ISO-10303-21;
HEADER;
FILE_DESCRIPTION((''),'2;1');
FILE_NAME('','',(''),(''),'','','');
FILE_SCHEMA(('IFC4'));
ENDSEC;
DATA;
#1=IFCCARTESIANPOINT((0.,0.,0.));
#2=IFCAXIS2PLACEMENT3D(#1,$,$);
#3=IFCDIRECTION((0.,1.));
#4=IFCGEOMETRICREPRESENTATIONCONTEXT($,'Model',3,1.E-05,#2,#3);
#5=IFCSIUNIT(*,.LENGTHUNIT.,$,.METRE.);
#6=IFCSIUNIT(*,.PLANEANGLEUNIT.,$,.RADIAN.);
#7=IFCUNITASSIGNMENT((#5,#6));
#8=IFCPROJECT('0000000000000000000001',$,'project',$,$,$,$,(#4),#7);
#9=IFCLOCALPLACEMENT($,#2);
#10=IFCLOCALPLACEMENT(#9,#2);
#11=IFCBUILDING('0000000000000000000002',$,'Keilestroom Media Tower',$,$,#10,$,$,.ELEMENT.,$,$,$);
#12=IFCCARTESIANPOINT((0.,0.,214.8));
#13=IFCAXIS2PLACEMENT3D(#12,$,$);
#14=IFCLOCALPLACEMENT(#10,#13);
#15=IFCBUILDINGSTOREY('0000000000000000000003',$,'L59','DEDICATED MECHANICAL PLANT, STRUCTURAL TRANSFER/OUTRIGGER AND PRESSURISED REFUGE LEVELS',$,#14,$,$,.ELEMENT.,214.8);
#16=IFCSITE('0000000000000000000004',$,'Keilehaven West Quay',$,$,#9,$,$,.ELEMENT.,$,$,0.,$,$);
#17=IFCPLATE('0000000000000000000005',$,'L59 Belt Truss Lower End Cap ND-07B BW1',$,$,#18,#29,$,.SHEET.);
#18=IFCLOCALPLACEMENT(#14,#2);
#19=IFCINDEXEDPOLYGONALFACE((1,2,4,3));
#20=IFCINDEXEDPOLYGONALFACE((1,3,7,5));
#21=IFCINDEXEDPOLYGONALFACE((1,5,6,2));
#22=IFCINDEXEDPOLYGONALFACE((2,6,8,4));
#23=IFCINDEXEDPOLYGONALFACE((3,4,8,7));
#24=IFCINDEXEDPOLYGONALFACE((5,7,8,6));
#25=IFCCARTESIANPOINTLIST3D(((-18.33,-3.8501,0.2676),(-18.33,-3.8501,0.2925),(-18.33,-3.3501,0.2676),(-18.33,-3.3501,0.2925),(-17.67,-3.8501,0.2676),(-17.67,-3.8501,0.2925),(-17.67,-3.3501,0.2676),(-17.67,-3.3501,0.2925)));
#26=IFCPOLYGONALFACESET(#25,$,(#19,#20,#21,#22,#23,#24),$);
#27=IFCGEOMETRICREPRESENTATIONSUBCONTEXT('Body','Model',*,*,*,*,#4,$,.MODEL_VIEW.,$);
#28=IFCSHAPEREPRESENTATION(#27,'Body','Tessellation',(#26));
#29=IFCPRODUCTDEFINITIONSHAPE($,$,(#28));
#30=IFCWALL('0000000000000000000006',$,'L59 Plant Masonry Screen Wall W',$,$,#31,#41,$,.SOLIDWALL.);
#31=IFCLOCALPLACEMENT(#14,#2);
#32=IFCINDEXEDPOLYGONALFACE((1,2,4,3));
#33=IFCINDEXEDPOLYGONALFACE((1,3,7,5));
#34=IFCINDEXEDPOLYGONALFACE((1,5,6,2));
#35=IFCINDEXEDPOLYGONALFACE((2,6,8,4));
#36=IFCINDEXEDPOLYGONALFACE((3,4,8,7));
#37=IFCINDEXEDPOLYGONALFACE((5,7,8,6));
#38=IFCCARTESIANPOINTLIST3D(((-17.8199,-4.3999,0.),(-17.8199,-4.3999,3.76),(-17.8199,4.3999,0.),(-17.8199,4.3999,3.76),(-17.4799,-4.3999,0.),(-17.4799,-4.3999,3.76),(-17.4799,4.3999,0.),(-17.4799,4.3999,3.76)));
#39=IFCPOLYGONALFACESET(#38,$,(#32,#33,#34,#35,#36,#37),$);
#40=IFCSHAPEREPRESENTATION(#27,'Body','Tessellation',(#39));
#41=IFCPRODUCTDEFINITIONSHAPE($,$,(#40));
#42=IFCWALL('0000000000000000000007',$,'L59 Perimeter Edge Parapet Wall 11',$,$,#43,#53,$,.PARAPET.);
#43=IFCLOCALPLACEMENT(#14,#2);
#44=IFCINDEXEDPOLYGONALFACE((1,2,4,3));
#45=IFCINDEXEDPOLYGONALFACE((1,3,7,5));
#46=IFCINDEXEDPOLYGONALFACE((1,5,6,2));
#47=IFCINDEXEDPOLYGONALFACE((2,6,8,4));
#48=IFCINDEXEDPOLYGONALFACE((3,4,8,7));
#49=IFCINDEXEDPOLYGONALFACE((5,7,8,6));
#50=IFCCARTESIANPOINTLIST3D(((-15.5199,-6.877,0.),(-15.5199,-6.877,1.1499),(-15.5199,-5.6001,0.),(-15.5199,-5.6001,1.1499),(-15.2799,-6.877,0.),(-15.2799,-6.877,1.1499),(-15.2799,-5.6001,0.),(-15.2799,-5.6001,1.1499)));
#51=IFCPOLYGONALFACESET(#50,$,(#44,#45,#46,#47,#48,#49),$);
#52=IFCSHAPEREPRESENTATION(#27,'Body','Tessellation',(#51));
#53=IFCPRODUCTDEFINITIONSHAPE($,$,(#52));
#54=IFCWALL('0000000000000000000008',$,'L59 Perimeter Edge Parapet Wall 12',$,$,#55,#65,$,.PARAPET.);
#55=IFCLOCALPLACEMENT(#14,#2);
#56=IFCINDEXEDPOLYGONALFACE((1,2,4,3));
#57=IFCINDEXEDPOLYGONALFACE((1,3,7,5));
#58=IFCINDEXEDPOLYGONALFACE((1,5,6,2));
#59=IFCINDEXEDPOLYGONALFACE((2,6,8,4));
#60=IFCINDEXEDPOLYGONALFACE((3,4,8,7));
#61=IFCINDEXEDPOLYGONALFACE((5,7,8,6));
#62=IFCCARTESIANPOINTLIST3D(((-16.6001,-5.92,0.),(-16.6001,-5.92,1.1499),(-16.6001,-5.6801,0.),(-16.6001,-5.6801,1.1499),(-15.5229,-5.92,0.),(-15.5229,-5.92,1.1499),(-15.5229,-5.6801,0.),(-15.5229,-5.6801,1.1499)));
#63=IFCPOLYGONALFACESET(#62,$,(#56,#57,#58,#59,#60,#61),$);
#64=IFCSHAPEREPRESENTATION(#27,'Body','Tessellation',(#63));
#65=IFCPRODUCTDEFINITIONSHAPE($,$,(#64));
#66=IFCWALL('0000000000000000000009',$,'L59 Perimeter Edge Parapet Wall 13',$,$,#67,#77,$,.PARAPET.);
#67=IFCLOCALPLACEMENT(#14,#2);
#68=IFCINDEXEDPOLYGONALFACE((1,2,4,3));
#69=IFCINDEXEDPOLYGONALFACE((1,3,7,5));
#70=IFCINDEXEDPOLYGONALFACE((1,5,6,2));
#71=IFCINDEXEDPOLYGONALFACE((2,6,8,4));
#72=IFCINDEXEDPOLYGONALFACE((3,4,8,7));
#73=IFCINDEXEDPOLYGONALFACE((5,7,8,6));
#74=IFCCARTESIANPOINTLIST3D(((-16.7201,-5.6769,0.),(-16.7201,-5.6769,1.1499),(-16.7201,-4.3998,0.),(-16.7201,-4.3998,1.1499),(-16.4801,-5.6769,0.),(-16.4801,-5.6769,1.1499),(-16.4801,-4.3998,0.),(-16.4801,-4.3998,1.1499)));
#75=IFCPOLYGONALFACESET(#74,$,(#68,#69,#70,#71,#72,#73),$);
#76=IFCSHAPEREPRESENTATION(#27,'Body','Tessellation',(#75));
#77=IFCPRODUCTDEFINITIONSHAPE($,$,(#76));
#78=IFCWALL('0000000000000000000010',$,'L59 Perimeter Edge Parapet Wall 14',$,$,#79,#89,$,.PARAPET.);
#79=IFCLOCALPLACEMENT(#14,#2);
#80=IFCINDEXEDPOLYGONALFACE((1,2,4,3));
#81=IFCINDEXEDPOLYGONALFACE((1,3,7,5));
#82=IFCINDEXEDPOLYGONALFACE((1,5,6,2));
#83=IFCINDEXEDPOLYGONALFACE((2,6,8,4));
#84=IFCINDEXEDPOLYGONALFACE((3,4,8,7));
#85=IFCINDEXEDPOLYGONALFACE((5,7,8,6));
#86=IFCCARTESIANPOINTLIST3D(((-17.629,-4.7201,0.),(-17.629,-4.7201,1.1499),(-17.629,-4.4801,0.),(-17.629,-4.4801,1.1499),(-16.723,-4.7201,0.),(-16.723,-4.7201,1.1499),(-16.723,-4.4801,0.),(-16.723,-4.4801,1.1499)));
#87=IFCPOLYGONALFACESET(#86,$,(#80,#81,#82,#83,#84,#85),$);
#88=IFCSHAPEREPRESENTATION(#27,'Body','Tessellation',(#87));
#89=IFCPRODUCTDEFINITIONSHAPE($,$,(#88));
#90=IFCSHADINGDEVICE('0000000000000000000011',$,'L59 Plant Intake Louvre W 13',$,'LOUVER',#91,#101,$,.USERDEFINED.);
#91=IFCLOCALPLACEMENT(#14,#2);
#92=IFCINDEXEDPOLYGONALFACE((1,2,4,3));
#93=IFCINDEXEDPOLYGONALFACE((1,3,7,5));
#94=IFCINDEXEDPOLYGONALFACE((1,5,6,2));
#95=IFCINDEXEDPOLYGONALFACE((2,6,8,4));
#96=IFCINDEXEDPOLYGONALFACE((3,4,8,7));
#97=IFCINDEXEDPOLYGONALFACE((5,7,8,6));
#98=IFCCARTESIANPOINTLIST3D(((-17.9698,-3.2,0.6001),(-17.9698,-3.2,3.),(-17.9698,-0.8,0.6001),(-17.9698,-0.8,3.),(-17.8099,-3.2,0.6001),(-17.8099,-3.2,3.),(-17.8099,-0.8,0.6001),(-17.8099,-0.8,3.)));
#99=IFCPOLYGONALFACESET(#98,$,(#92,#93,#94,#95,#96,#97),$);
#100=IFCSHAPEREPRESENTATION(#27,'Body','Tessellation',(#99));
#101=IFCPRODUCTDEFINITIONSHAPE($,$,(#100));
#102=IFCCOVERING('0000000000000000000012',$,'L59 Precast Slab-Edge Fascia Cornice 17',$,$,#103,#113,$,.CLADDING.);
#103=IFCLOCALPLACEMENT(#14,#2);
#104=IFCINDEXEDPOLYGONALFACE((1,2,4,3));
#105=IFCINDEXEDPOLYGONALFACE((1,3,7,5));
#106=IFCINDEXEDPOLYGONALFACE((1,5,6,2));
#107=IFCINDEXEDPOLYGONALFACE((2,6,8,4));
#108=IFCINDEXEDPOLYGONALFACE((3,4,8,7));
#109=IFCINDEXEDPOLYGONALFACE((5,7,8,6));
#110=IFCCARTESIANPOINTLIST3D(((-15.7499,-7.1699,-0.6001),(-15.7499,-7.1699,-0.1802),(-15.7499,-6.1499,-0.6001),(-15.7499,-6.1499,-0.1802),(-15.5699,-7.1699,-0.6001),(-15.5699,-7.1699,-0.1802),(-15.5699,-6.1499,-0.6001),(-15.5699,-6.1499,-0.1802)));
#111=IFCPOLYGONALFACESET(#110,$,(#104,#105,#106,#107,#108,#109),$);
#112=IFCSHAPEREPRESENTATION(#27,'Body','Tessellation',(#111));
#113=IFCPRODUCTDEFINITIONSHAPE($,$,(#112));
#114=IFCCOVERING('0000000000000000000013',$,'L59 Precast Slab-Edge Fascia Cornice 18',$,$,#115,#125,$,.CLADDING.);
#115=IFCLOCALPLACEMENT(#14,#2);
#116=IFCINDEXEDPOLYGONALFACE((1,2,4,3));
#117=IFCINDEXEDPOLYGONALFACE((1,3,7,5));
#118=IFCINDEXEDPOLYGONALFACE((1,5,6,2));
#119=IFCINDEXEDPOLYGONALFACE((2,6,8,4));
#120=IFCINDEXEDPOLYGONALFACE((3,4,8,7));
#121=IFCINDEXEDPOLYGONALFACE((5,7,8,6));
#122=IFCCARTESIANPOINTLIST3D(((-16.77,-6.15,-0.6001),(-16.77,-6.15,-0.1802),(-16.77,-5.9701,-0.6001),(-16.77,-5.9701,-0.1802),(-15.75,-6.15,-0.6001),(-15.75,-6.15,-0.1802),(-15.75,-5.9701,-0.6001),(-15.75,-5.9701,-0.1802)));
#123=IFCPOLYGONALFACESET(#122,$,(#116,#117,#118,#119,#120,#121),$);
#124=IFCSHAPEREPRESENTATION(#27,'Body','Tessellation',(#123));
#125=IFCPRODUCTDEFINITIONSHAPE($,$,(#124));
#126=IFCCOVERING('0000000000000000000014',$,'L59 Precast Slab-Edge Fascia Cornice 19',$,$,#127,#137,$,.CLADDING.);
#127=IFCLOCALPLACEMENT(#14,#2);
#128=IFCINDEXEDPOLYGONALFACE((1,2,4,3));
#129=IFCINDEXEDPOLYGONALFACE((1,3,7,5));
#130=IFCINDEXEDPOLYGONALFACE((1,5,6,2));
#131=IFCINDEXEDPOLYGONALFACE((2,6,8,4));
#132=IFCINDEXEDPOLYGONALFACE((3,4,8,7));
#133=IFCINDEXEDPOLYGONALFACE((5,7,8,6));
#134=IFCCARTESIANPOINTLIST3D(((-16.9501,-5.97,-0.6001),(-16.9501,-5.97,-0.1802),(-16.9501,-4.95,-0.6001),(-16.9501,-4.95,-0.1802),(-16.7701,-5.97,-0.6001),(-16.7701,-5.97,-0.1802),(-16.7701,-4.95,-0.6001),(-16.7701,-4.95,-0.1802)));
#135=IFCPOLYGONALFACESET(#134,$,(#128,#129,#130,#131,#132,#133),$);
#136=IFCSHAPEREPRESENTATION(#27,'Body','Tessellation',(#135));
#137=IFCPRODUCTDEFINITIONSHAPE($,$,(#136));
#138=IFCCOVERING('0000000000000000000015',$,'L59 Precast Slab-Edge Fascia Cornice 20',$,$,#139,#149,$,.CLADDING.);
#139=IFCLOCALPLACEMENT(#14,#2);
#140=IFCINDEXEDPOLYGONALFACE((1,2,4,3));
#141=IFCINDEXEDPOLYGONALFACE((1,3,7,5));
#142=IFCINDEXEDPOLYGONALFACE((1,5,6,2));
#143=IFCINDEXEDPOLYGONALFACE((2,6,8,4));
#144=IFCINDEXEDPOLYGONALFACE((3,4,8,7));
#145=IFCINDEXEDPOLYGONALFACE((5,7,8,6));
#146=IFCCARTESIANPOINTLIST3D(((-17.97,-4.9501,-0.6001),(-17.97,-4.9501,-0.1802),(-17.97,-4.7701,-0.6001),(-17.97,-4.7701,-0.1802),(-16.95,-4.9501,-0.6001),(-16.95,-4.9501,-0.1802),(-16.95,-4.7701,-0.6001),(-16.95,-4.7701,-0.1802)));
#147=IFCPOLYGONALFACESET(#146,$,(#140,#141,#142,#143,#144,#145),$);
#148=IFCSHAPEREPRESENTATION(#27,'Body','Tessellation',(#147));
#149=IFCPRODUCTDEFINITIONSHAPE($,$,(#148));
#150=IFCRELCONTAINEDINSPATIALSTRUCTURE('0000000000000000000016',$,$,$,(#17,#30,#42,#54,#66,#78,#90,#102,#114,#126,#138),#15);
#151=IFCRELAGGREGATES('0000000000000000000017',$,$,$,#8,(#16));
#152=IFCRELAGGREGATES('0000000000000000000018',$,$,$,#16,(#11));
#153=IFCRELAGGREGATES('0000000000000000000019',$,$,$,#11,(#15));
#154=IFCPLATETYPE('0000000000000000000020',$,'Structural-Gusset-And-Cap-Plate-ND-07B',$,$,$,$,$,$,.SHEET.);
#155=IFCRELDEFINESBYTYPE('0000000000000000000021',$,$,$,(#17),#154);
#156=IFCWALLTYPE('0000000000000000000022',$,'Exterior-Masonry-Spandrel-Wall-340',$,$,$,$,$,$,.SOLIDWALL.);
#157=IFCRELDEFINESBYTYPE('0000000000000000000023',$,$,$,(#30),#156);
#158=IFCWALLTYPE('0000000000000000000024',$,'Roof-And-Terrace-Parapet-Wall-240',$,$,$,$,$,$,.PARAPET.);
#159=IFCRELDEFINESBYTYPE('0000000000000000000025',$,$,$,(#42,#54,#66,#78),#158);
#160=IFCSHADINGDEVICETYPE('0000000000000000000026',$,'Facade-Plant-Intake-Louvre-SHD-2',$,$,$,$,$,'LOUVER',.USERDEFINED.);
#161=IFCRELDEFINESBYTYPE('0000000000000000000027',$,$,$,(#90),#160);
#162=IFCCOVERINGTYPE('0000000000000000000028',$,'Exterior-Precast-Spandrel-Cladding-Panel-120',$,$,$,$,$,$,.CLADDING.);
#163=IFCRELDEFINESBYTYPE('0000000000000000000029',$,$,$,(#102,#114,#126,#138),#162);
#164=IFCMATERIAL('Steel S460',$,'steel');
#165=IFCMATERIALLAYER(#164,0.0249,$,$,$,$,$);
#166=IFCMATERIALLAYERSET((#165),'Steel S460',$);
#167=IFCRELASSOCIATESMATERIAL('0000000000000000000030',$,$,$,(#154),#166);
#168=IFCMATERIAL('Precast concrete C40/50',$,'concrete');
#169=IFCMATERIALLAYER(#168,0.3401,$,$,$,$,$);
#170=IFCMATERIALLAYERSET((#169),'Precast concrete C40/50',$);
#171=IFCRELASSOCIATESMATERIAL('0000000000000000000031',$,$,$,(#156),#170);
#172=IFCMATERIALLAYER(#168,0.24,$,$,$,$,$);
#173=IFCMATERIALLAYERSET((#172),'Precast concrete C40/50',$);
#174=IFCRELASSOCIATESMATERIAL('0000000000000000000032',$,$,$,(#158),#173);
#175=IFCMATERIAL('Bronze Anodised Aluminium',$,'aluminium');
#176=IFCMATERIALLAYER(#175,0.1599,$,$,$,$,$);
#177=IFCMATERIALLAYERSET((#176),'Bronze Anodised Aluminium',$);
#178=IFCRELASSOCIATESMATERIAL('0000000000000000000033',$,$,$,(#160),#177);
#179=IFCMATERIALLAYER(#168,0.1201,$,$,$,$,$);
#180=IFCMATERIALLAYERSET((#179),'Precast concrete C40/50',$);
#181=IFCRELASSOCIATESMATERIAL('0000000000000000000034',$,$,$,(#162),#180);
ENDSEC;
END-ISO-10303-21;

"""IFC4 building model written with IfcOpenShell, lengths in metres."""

from ifc_helpers import new_model, si_unit, direction, frame, frame_2d, origin, origin_2d, place, context, subcontext, project, spatial, rectangle, extrude, source, transform, mapped, material, layer, layer_set, type_object, element, save


model = new_model("IFC4")

# Units and contexts
model_context = context("Model", 3, precision=1e-05, world=origin(), true_north=direction((0.0, 1.0)))
body_context = subcontext(model_context, "Body", "Model", "MODEL_VIEW")
ifc_project = project(units=[si_unit("LENGTHUNIT", "METRE"), si_unit("PLANEANGLEUNIT", "RADIAN")], contexts=[model_context])

# Site, building, storey
site_placement = place(None, origin())
site = spatial("IfcSite", under=ifc_project, at=site_placement, Name="Keilehaven West Quay", CompositionType="ELEMENT", RefElevation=0.0)
building_placement = place(site_placement, origin())
building = spatial("IfcBuilding", under=site, at=building_placement, Name="Keilestroom Media Tower", CompositionType="ELEMENT")
storey_placement = place(building_placement, frame((0.0, 0.0, 214.8)))
storey = spatial("IfcBuildingStorey", under=building, at=storey_placement, Name="L59", Description="DEDICATED MECHANICAL PLANT, STRUCTURAL TRANSFER/OUTRIGGER AND PRESSURISED REFUGE LEVELS", CompositionType="ELEMENT", Elevation=214.8)

# Shared definitions
ifc_material_1 = material(Name="Precast concrete C40/50", Category="concrete")

# Shared definitions
ifc_material_2 = material(Name="Steel S460", Category="steel")

# Plate
ifc_layer_1 = layer(ifc_material_2, 0.0249)
ifc_layer_set_1 = layer_set([ifc_layer_1], Name="Steel S460")
plate_type = type_object("IfcPlateType", Name="Structural-Gusset-And-Cap-Plate-ND-07B", PredefinedType="SHEET", material=ifc_layer_set_1)
shared_shape_1 = source(origin(), body_context, "Body", "SweptSolid", [
    extrude(rectangle(XDim=0.6599, YDim=0.5, at=origin_2d()), origin(), (0.0, 0.0, 1.0), 0.0249),
])
plate_placement = place(storey_placement, frame((-18.0, -3.6001, 0.2676), z_axis=(0.0, 0.0, 1.0), x_axis=(1.0, 0.0, 0.0)))
element("IfcPlate", 1, at=plate_placement, inside=storey, type_object=plate_type, Name="L59 Belt Truss Lower End Cap ND-07B BW1", PredefinedType="SHEET", context=body_context, shape_type="MappedRepresentation", body=[
    mapped(shared_shape_1, transform((0.0, 0.0, 0.0), x_axis=(1.0, 0.0, 0.0), y_axis=(0.0, 1.0, 0.0), z_axis=(0.0, 0.0, 1.0), scale=1.0)),
])

# Walls
ifc_layer_2 = layer(ifc_material_1, 0.3401)
ifc_layer_set_2 = layer_set([ifc_layer_2], Name="Precast concrete C40/50")
wall_type_1 = type_object("IfcWallType", Name="Exterior-Masonry-Spandrel-Wall-340", PredefinedType="SOLIDWALL", material=ifc_layer_set_2)
wall_1_placement = place(storey_placement, frame((-17.6499, -4.3999, 0.0), z_axis=(0.0, 0.0, 1.0), x_axis=(0.0, 1.0, 0.0)))
element("IfcWall", 2, at=wall_1_placement, inside=storey, type_object=wall_type_1, Name="L59 Plant Masonry Screen Wall W", PredefinedType="SOLIDWALL", context=body_context, shape_type="SweptSolid", body=[
    extrude(rectangle(XDim=8.7998, YDim=0.3401, at=frame_2d((4.3999, 0.0))), origin(), (0.0, 0.0, 1.0), 3.76),
])
ifc_layer_3 = layer(ifc_material_1, 0.24)
ifc_layer_set_3 = layer_set([ifc_layer_3], Name="Precast concrete C40/50")
wall_type_2 = type_object("IfcWallType", Name="Roof-And-Terrace-Parapet-Wall-240", PredefinedType="PARAPET", material=ifc_layer_set_3)
wall_2_placement = place(storey_placement, frame((-15.3999, -6.877, 0.0), z_axis=(0.0, 0.0, 1.0), x_axis=(0.0, 1.0, 0.0)))
element("IfcWall", 3, at=wall_2_placement, inside=storey, type_object=wall_type_2, Name="L59 Perimeter Edge Parapet Wall 11", PredefinedType="PARAPET", context=body_context, shape_type="SweptSolid", body=[
    extrude(rectangle(XDim=1.2769, YDim=0.24, at=frame_2d((0.6384, 0.0))), origin(), (0.0, 0.0, 1.0), 1.1499),
])
wall_3_placement = place(storey_placement, frame((-15.5229, -5.8, 0.0), z_axis=(0.0, 0.0, 1.0), x_axis=(-1.0, 0.0, 0.0)))
element("IfcWall", 4, at=wall_3_placement, inside=storey, type_object=wall_type_2, Name="L59 Perimeter Edge Parapet Wall 12", PredefinedType="PARAPET", context=body_context, shape_type="SweptSolid", body=[
    extrude(rectangle(XDim=1.0771, YDim=0.24, at=frame_2d((0.5386, 0.0))), origin(), (0.0, 0.0, 1.0), 1.1499),
])
wall_4_placement = place(storey_placement, frame((-16.6001, -5.677, 0.0), z_axis=(0.0, 0.0, 1.0), x_axis=(0.0, 1.0, 0.0)))
element("IfcWall", 5, at=wall_4_placement, inside=storey, type_object=wall_type_2, Name="L59 Perimeter Edge Parapet Wall 13", PredefinedType="PARAPET", context=body_context, shape_type="SweptSolid", body=[
    extrude(rectangle(XDim=1.2771, YDim=0.24, at=frame_2d((0.6387, 0.0))), origin(), (0.0, 0.0, 1.0), 1.1499),
])
wall_5_placement = place(storey_placement, frame((-16.7229, -4.6001, 0.0), z_axis=(0.0, 0.0, 1.0), x_axis=(-1.0, 0.0, 0.0)))
element("IfcWall", 6, at=wall_5_placement, inside=storey, type_object=wall_type_2, Name="L59 Perimeter Edge Parapet Wall 14", PredefinedType="PARAPET", context=body_context, shape_type="SweptSolid", body=[
    extrude(rectangle(XDim=0.906, YDim=0.24, at=frame_2d((0.4531, 0.0))), origin(), (0.0, 0.0, 1.0), 1.1499),
])

# Shading device
ifc_material_3 = material(Name="Bronze Anodised Aluminium", Category="aluminium")
ifc_layer_4 = layer(ifc_material_3, 0.1599)
ifc_layer_set_4 = layer_set([ifc_layer_4], Name="Bronze Anodised Aluminium")
shading_device_type = type_object("IfcShadingDeviceType", Name="Facade-Plant-Intake-Louvre-SHD-2", ElementType="LOUVER", PredefinedType="USERDEFINED", material=ifc_layer_set_4)
shared_shape_2 = source(origin(), body_context, "Body", "SweptSolid", [
    extrude(rectangle(XDim=0.1599, YDim=2.3999, at=origin_2d()), origin(), (0.0, 0.0, 1.0), 2.3999),
])
shading_device_placement = place(storey_placement, frame((-17.8899, -2.0, 0.6001), z_axis=(0.0, 0.0, 1.0), x_axis=(1.0, 0.0, 0.0)))
element("IfcShadingDevice", 7, at=shading_device_placement, inside=storey, type_object=shading_device_type, Name="L59 Plant Intake Louvre W 13", ObjectType="LOUVER", PredefinedType="USERDEFINED", context=body_context, shape_type="MappedRepresentation", body=[
    mapped(shared_shape_2, transform((0.0, 0.0, 0.0), x_axis=(1.0, 0.0, 0.0), y_axis=(0.0, 1.0, 0.0), z_axis=(0.0, 0.0, 1.0), scale=1.0)),
])

# Coverings
ifc_layer_5 = layer(ifc_material_1, 0.1201)
ifc_layer_set_5 = layer_set([ifc_layer_5], Name="Precast concrete C40/50")
covering_type = type_object("IfcCoveringType", Name="Exterior-Precast-Spandrel-Cladding-Panel-120", PredefinedType="CLADDING", material=ifc_layer_set_5)
shared_shape_3 = source(origin(), body_context, "Body", "SweptSolid", [
    extrude(rectangle(XDim=1.02, YDim=0.1799, at=origin_2d()), origin(), (0.0, 0.0, 1.0), 0.4199),
])
for number, where, z_axis, x_axis, name in (
    (8, (-15.6599, -6.6599, -0.6001), (0.0, 0.0, 1.0), (0.0, 1.0, 0.0), "L59 Precast Slab-Edge Fascia Cornice 17"),
    (9, (-16.26, -6.0601, -0.6001), (0.0, 0.0, 1.0), (-1.0, 0.0, 0.0), "L59 Precast Slab-Edge Fascia Cornice 18"),
    (10, (-16.8601, -5.46, -0.6001), (0.0, 0.0, 1.0), (0.0, 1.0, 0.0), "L59 Precast Slab-Edge Fascia Cornice 19"),
    (11, (-17.46, -4.8601, -0.6001), (0.0, 0.0, 1.0), (-1.0, 0.0, 0.0), "L59 Precast Slab-Edge Fascia Cornice 20"),
):
    element("IfcCovering", number, at=place(storey_placement, frame(where, z_axis=z_axis, x_axis=x_axis)), inside=storey, type_object=covering_type, Name=name, PredefinedType="CLADDING", context=body_context, shape_type="MappedRepresentation", body=[
        mapped(shared_shape_3, transform((0.0, 0.0, 0.0), x_axis=(1.0, 0.0, 0.0), y_axis=(0.0, 1.0, 0.0), z_axis=(0.0, 0.0, 1.0), scale=1.0)),
    ])

save(model, "model.ifc")
